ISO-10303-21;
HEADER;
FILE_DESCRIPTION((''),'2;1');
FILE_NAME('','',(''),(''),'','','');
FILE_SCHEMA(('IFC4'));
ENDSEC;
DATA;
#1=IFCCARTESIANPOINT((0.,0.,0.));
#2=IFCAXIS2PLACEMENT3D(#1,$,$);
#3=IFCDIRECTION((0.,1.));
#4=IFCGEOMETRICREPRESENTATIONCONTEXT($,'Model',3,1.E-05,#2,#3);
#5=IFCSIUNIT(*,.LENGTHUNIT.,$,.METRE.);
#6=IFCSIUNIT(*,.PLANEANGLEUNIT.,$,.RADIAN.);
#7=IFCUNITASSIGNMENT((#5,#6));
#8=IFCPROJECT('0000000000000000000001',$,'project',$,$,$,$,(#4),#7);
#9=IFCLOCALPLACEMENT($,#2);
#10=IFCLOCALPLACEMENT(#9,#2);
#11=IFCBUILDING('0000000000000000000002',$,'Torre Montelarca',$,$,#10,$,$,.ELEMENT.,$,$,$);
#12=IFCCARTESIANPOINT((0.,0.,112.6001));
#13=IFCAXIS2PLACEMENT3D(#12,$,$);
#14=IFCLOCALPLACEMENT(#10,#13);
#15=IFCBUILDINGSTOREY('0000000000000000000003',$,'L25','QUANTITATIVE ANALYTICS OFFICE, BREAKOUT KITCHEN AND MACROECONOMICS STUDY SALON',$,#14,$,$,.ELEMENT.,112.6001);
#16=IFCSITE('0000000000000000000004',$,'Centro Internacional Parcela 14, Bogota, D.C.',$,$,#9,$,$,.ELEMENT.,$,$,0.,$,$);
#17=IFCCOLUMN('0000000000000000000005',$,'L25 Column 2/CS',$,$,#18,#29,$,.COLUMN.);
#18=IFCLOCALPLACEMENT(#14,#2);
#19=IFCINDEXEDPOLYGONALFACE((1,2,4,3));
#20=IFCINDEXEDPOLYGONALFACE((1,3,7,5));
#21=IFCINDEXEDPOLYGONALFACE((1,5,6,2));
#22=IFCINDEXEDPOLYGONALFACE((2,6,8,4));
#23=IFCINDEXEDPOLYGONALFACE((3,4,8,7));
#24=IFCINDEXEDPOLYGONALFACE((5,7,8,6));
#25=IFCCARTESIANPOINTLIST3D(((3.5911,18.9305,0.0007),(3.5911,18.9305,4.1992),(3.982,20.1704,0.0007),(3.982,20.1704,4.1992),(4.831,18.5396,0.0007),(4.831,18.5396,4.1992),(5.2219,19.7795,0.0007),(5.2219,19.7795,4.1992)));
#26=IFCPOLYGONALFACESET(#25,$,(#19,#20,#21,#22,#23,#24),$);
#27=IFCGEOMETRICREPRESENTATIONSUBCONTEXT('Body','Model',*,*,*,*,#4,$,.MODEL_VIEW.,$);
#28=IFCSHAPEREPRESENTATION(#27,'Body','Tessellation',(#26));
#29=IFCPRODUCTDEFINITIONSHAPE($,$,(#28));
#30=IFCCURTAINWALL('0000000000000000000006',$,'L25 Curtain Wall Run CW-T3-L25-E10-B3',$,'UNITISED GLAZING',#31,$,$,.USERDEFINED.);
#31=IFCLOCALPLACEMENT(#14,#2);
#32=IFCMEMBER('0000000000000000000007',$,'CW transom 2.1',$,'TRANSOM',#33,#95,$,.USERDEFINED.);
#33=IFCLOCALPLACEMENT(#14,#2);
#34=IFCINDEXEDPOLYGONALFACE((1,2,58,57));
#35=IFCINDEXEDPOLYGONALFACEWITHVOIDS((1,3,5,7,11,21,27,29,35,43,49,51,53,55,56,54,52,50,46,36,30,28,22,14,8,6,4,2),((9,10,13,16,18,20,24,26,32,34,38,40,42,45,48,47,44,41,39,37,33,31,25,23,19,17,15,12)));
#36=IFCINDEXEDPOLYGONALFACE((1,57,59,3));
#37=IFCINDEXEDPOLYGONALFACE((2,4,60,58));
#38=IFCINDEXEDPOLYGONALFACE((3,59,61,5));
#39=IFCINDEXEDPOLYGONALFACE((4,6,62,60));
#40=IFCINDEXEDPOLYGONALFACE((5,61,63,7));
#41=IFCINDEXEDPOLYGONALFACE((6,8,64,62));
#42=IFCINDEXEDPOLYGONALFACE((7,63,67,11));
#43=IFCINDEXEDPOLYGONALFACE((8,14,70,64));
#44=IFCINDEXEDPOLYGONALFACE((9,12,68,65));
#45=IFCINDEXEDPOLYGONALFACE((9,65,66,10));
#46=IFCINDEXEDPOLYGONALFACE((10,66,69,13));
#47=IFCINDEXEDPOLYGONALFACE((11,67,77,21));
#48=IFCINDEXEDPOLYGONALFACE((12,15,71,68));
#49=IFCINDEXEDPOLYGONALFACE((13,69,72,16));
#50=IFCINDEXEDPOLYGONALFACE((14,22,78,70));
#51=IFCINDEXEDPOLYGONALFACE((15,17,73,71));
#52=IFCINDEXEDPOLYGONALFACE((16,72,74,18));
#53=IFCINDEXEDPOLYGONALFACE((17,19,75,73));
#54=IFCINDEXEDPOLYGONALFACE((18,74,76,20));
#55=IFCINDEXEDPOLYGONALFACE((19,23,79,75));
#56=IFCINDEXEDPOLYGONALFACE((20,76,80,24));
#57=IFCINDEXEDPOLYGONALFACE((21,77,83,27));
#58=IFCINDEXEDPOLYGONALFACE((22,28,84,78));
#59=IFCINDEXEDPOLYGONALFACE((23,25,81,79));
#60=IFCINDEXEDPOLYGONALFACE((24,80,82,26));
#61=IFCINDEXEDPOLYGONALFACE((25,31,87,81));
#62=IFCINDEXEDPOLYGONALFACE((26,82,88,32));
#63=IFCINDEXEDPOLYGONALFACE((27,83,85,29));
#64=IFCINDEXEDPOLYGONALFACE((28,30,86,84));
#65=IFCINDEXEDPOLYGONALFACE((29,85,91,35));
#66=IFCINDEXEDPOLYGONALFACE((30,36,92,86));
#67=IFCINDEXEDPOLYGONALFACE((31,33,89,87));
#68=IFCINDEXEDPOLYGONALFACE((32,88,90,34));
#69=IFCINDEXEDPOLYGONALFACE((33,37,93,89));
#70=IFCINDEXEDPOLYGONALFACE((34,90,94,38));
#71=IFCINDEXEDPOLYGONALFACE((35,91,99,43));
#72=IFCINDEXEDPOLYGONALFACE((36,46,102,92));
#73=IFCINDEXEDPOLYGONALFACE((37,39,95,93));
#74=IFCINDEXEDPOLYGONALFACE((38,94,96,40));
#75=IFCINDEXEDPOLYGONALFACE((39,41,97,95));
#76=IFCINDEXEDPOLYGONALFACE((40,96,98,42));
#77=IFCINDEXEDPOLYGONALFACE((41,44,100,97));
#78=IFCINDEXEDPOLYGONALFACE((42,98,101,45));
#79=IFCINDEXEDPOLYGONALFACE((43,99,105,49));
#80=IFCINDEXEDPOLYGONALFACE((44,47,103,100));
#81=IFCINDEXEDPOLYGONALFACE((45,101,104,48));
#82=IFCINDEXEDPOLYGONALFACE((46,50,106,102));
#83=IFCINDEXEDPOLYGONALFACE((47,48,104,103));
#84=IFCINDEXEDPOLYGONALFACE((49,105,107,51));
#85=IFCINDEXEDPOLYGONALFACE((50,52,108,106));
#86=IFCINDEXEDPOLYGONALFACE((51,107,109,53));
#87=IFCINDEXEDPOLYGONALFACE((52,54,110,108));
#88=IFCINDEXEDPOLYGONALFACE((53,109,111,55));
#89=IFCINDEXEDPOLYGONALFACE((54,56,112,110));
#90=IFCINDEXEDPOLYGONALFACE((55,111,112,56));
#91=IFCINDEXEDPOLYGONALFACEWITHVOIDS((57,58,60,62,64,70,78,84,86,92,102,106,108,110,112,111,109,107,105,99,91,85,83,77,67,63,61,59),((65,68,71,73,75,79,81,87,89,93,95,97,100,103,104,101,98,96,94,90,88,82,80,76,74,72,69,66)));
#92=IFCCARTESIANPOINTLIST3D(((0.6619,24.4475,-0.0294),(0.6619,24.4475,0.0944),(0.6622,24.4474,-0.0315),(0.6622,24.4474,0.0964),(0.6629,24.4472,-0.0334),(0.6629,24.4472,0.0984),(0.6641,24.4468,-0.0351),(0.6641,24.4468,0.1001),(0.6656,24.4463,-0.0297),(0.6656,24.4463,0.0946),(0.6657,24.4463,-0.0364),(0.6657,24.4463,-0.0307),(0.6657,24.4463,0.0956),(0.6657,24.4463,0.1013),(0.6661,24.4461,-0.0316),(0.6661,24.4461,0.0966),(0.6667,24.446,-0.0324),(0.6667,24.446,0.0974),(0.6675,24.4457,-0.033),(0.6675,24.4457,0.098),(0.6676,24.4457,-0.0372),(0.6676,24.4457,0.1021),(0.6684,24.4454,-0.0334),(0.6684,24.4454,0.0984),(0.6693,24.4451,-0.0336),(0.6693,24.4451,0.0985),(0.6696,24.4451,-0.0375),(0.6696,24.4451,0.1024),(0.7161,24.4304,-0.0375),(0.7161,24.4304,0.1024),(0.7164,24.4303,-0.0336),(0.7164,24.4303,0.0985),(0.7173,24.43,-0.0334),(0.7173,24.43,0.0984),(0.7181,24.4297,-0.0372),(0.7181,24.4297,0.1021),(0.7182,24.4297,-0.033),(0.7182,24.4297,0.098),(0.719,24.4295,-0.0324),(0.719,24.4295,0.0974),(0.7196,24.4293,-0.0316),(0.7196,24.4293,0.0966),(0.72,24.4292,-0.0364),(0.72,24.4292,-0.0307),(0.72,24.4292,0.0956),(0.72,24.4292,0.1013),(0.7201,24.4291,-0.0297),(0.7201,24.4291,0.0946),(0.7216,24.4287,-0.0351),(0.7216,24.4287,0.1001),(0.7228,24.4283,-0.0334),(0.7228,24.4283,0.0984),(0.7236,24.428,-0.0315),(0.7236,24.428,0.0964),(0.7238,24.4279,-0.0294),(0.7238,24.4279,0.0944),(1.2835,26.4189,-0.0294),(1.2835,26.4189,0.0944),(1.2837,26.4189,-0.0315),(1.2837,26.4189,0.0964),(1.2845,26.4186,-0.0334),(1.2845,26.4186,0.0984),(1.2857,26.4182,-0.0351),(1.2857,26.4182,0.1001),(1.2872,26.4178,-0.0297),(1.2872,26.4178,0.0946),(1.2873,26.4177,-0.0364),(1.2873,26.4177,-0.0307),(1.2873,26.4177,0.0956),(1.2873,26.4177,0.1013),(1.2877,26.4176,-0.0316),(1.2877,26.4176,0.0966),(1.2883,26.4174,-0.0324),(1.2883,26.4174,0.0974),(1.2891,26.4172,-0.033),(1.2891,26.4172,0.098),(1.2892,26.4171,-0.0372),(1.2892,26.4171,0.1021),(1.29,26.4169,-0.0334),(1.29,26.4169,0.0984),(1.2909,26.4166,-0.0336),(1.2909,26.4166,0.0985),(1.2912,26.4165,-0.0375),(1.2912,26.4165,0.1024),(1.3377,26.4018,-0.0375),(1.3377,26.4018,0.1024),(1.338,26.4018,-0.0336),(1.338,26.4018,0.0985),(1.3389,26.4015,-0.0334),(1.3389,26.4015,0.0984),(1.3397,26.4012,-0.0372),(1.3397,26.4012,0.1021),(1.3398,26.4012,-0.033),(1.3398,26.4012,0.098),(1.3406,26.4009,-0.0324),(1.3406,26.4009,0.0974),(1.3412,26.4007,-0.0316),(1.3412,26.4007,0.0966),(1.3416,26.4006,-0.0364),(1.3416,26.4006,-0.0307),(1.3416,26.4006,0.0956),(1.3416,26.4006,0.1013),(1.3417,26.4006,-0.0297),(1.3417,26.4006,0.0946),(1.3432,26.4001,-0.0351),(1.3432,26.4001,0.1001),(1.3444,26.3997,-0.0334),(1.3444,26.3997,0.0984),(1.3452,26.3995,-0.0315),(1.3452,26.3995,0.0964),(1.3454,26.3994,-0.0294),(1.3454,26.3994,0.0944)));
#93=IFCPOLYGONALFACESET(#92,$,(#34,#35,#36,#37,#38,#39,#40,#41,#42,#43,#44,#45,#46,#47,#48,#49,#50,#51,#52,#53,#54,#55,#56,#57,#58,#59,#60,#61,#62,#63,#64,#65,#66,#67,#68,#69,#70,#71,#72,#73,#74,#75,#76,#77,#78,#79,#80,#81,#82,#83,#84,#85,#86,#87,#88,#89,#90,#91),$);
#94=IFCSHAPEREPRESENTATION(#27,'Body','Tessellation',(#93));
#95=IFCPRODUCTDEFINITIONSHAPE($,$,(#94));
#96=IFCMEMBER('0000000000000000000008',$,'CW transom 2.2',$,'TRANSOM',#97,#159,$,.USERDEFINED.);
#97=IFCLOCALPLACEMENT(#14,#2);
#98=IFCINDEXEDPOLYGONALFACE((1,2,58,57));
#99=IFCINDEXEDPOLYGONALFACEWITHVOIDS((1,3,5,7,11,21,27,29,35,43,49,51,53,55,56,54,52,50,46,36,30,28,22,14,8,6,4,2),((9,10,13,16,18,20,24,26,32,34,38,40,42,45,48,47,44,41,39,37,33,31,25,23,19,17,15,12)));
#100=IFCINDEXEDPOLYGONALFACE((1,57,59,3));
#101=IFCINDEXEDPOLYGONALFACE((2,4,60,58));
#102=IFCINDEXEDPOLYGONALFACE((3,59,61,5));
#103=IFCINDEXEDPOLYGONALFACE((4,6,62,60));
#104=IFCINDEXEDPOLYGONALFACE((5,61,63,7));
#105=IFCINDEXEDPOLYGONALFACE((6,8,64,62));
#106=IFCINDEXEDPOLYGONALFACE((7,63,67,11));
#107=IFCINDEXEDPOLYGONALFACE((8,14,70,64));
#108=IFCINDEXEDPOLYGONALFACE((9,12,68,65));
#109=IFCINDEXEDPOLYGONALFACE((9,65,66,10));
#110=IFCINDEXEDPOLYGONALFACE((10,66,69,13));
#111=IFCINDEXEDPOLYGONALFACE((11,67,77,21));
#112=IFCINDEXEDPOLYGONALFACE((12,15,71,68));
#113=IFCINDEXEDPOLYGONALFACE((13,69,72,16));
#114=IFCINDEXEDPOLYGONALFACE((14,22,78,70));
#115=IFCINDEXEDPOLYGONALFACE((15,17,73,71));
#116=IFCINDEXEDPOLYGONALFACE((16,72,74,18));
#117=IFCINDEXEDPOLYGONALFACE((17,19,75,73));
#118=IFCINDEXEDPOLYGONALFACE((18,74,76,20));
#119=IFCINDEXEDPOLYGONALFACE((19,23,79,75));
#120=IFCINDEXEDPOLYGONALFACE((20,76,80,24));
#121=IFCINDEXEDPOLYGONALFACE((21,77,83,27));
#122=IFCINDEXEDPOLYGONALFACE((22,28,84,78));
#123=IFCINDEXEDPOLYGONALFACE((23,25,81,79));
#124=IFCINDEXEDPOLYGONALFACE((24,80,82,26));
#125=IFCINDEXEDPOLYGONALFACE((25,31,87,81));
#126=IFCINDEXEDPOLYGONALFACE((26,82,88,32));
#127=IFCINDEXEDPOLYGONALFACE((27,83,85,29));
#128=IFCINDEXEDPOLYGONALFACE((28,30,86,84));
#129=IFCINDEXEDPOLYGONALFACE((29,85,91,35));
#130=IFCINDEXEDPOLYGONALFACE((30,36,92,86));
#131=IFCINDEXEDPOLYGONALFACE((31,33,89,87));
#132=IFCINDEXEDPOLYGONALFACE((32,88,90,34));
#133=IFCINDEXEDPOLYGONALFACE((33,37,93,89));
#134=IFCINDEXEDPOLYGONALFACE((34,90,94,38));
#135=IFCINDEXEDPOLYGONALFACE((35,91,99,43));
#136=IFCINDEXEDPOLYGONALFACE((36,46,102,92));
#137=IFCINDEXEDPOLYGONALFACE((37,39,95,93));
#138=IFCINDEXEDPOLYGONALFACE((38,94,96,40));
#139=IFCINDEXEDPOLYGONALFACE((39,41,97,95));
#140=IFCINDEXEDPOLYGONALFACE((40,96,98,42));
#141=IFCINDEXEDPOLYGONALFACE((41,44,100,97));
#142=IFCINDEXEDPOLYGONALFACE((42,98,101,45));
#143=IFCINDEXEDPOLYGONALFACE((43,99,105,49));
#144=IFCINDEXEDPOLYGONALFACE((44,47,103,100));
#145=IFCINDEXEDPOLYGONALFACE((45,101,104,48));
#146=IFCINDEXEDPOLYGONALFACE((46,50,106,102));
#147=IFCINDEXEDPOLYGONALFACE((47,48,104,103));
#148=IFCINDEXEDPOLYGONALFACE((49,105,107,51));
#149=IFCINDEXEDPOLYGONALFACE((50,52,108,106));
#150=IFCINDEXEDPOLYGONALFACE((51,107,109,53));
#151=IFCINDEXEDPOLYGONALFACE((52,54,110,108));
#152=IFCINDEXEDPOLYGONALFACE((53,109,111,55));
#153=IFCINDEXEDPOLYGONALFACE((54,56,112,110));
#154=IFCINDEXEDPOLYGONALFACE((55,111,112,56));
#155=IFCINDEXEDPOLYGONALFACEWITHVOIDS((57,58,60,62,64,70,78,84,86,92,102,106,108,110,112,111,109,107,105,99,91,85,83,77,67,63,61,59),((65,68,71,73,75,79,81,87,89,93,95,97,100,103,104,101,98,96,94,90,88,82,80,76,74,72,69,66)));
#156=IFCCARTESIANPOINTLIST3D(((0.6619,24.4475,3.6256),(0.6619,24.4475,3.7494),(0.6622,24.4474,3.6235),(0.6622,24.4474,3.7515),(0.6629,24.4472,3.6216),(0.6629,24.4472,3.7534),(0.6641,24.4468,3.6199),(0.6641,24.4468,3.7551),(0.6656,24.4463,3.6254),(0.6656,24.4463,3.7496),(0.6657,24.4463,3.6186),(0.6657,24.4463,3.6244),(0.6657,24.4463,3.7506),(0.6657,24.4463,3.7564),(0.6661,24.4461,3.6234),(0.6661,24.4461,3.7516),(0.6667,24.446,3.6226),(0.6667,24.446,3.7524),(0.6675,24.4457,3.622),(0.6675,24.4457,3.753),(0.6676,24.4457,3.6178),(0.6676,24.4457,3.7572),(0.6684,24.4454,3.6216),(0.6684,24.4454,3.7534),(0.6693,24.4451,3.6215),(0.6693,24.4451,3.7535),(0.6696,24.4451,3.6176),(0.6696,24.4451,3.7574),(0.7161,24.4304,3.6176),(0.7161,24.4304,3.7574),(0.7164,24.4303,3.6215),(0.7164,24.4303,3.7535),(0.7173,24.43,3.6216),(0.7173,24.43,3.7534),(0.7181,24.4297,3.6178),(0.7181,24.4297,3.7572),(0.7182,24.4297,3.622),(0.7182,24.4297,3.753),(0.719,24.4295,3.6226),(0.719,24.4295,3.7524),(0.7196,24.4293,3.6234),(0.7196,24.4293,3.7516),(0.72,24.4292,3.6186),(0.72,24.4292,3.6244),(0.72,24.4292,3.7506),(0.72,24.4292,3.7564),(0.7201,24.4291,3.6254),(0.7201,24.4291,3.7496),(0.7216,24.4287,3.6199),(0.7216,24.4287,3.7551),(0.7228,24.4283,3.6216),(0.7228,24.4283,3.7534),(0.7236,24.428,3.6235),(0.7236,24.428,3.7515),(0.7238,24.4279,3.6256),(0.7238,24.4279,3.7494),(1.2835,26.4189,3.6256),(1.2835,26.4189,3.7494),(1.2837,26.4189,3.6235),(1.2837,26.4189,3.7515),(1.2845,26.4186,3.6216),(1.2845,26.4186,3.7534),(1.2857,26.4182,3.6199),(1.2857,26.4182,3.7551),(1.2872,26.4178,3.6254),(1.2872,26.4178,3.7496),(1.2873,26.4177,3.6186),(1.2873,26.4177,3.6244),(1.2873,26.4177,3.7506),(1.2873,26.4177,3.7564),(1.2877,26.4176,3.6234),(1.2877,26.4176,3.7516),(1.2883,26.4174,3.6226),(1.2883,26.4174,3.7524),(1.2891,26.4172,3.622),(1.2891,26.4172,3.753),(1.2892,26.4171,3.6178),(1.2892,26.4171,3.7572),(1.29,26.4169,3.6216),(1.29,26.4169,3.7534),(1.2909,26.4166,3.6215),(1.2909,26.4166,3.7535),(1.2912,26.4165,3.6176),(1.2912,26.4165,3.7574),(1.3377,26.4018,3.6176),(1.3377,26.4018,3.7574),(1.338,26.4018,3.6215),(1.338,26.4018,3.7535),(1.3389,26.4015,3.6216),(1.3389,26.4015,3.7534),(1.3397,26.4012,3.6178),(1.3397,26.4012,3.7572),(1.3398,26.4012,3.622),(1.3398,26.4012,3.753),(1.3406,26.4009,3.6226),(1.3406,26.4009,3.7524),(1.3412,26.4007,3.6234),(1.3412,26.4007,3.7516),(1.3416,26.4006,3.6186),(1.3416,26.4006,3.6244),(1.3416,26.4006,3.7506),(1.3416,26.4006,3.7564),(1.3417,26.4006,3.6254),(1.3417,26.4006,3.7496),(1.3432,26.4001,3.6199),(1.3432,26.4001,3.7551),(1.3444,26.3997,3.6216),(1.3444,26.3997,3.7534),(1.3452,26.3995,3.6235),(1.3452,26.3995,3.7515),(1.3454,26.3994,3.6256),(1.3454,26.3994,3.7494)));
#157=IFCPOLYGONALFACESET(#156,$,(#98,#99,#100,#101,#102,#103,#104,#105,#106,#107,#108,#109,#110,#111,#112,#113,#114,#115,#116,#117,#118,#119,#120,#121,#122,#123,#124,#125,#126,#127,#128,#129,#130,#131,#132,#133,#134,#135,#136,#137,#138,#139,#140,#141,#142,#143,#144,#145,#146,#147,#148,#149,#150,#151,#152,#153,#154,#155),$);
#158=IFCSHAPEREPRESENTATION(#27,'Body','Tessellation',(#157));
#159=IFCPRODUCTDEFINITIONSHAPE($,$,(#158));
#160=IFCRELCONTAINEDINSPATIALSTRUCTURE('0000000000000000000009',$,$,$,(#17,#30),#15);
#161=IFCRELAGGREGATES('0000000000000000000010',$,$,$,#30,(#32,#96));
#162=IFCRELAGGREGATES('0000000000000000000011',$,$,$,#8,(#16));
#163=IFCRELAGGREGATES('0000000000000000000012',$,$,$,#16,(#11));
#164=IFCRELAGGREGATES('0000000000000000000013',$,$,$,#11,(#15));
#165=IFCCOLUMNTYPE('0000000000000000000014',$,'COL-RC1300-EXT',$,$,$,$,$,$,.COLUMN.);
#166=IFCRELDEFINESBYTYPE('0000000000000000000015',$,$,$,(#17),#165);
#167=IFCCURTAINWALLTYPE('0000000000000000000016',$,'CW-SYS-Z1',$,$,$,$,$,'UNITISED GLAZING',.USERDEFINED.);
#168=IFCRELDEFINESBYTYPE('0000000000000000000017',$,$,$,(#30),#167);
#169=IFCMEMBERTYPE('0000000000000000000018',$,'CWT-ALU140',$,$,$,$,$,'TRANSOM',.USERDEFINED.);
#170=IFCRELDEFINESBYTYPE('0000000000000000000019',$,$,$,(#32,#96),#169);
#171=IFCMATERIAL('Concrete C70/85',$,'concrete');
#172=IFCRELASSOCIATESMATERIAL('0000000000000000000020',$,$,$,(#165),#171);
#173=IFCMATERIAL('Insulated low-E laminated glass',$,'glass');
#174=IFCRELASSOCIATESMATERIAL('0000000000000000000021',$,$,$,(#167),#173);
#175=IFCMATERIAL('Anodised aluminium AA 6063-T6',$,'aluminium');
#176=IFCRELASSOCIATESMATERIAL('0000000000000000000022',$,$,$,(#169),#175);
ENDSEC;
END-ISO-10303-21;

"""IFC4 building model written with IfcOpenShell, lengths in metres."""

from ifc_helpers import new_model, si_unit, direction, frame, origin, origin_2d, place, context, subcontext, project, spatial, rectangle, hollow_rectangle, extrude, source, transform, mapped, material, material_profile, profile_set, type_object, element, aggregate, save


model = new_model("IFC4")

# Units and contexts
model_context = context("Model", 3, precision=1e-05, world=origin(), true_north=direction((0.0, 1.0)))
body_context = subcontext(model_context, "Body", "Model", "MODEL_VIEW")
ifc_project = project(units=[si_unit("LENGTHUNIT", "METRE"), si_unit("PLANEANGLEUNIT", "RADIAN")], contexts=[model_context])

# Site, building, storey
site_placement = place(None, origin())
site = spatial("IfcSite", under=ifc_project, at=site_placement, Name="Centro Internacional Parcela 14, Bogota, D.C.", CompositionType="ELEMENT", RefElevation=0.0)
building_placement = place(site_placement, origin())
building = spatial("IfcBuilding", under=site, at=building_placement, Name="Torre Montelarca", CompositionType="ELEMENT")
storey_placement = place(building_placement, frame((0.0, 0.0, 112.6001)))
storey = spatial("IfcBuildingStorey", under=building, at=storey_placement, Name="L25", Description="QUANTITATIVE ANALYTICS OFFICE, BREAKOUT KITCHEN AND MACROECONOMICS STUDY SALON", CompositionType="ELEMENT", Elevation=112.6001)

# Column
ifc_material_1 = material(Name="Concrete C70/85", Category="concrete")
ifc_material_profile_1 = material_profile(ifc_material_1, rectangle(XDim=1.3, YDim=1.3, at=origin_2d()), Name="RC1300X1300", Category="concrete")
ifc_profile_set_1 = profile_set([ifc_material_profile_1], Name="Concrete C70/85")
column_type = type_object("IfcColumnType", Name="COL-RC1300-EXT", PredefinedType="COLUMN", material=ifc_profile_set_1)
shared_shape_1 = source(origin(), body_context, "Body", "SweptSolid", [
    extrude(rectangle(XDim=1.3, YDim=1.3, at=origin_2d()), origin(), (0.0, 0.0, 1.0), 4.1985),
])
column_placement = place(storey_placement, frame((4.4065, 19.355, 0.0007), z_axis=(0.0, 0.0, 1.0), x_axis=(-0.953717, 0.300706, 0.0)))
element("IfcColumn", 1, at=column_placement, inside=storey, type_object=column_type, Name="L25 Column 2/CS", PredefinedType="COLUMN", context=body_context, shape_type="MappedRepresentation", body=[
    mapped(shared_shape_1, transform((0.0, 0.0, 0.0), scale=1.0)),
])

# Curtain wall, members
ifc_material_2 = material(Name="Insulated low-E laminated glass", Category="glass")
curtain_wall_type = type_object("IfcCurtainWallType", Name="CW-SYS-Z1", ElementType="UNITISED GLAZING", PredefinedType="USERDEFINED", material=ifc_material_2)
curtain_wall_1_placement = place(storey_placement, origin())
curtain_wall_1 = element("IfcCurtainWall", 2, at=curtain_wall_1_placement, inside=storey, type_object=curtain_wall_type, Name="L25 Curtain Wall Run CW-T3-L25-E10-B3", ObjectType="UNITISED GLAZING", PredefinedType="USERDEFINED")
ifc_material_3 = material(Name="Anodised aluminium AA 6063-T6", Category="aluminium")
ifc_material_profile_2 = material_profile(ifc_material_3, hollow_rectangle(XDim=0.0649, YDim=0.1399, WallThickness=0.0039, InnerFilletRadius=0.0039, OuterFilletRadius=0.0081, at=origin_2d()), Name="ALU65X140X4", Category="aluminium")
ifc_profile_set_2 = profile_set([ifc_material_profile_2], Name="Anodised aluminium AA 6063-T6")
member_type_1 = type_object("IfcMemberType", Name="CWT-ALU140", ElementType="TRANSOM", PredefinedType="USERDEFINED", material=ifc_profile_set_2)
shared_shape_2 = source(origin(), body_context, "Body", "SweptSolid", [
    extrude(hollow_rectangle(XDim=0.0649, YDim=0.1399, WallThickness=0.0039, InnerFilletRadius=0.0039, OuterFilletRadius=0.0081, at=origin_2d()), origin(), (0.0, 0.0, 1.0), 2.0671),
])
member_1_placement = place(storey_placement, frame((1.3145, 26.4092, 0.0325), z_axis=(-0.300702, -0.953718, 0.0), x_axis=(0.953718, -0.300702, 0.0)))
member_1 = element("IfcMember", 3, at=member_1_placement, type_object=member_type_1, Name="CW transom 2.1", ObjectType="TRANSOM", PredefinedType="USERDEFINED", context=body_context, shape_type="MappedRepresentation", body=[
    mapped(shared_shape_2, transform((0.0, 0.0, 0.0), scale=1.0)),
])
member_2_placement = place(storey_placement, frame((1.3145, 26.4092, 3.6875), z_axis=(-0.300702, -0.953718, 0.0), x_axis=(0.953718, -0.300702, 0.0)))
member_2 = element("IfcMember", 4, at=member_2_placement, type_object=member_type_1, Name="CW transom 2.2", ObjectType="TRANSOM", PredefinedType="USERDEFINED", context=body_context, shape_type="MappedRepresentation", body=[
    mapped(shared_shape_2, transform((0.0, 0.0, 0.0), scale=1.0)),
])

aggregate(curtain_wall_1, [member_1, member_2])

save(model, "model.ifc")
